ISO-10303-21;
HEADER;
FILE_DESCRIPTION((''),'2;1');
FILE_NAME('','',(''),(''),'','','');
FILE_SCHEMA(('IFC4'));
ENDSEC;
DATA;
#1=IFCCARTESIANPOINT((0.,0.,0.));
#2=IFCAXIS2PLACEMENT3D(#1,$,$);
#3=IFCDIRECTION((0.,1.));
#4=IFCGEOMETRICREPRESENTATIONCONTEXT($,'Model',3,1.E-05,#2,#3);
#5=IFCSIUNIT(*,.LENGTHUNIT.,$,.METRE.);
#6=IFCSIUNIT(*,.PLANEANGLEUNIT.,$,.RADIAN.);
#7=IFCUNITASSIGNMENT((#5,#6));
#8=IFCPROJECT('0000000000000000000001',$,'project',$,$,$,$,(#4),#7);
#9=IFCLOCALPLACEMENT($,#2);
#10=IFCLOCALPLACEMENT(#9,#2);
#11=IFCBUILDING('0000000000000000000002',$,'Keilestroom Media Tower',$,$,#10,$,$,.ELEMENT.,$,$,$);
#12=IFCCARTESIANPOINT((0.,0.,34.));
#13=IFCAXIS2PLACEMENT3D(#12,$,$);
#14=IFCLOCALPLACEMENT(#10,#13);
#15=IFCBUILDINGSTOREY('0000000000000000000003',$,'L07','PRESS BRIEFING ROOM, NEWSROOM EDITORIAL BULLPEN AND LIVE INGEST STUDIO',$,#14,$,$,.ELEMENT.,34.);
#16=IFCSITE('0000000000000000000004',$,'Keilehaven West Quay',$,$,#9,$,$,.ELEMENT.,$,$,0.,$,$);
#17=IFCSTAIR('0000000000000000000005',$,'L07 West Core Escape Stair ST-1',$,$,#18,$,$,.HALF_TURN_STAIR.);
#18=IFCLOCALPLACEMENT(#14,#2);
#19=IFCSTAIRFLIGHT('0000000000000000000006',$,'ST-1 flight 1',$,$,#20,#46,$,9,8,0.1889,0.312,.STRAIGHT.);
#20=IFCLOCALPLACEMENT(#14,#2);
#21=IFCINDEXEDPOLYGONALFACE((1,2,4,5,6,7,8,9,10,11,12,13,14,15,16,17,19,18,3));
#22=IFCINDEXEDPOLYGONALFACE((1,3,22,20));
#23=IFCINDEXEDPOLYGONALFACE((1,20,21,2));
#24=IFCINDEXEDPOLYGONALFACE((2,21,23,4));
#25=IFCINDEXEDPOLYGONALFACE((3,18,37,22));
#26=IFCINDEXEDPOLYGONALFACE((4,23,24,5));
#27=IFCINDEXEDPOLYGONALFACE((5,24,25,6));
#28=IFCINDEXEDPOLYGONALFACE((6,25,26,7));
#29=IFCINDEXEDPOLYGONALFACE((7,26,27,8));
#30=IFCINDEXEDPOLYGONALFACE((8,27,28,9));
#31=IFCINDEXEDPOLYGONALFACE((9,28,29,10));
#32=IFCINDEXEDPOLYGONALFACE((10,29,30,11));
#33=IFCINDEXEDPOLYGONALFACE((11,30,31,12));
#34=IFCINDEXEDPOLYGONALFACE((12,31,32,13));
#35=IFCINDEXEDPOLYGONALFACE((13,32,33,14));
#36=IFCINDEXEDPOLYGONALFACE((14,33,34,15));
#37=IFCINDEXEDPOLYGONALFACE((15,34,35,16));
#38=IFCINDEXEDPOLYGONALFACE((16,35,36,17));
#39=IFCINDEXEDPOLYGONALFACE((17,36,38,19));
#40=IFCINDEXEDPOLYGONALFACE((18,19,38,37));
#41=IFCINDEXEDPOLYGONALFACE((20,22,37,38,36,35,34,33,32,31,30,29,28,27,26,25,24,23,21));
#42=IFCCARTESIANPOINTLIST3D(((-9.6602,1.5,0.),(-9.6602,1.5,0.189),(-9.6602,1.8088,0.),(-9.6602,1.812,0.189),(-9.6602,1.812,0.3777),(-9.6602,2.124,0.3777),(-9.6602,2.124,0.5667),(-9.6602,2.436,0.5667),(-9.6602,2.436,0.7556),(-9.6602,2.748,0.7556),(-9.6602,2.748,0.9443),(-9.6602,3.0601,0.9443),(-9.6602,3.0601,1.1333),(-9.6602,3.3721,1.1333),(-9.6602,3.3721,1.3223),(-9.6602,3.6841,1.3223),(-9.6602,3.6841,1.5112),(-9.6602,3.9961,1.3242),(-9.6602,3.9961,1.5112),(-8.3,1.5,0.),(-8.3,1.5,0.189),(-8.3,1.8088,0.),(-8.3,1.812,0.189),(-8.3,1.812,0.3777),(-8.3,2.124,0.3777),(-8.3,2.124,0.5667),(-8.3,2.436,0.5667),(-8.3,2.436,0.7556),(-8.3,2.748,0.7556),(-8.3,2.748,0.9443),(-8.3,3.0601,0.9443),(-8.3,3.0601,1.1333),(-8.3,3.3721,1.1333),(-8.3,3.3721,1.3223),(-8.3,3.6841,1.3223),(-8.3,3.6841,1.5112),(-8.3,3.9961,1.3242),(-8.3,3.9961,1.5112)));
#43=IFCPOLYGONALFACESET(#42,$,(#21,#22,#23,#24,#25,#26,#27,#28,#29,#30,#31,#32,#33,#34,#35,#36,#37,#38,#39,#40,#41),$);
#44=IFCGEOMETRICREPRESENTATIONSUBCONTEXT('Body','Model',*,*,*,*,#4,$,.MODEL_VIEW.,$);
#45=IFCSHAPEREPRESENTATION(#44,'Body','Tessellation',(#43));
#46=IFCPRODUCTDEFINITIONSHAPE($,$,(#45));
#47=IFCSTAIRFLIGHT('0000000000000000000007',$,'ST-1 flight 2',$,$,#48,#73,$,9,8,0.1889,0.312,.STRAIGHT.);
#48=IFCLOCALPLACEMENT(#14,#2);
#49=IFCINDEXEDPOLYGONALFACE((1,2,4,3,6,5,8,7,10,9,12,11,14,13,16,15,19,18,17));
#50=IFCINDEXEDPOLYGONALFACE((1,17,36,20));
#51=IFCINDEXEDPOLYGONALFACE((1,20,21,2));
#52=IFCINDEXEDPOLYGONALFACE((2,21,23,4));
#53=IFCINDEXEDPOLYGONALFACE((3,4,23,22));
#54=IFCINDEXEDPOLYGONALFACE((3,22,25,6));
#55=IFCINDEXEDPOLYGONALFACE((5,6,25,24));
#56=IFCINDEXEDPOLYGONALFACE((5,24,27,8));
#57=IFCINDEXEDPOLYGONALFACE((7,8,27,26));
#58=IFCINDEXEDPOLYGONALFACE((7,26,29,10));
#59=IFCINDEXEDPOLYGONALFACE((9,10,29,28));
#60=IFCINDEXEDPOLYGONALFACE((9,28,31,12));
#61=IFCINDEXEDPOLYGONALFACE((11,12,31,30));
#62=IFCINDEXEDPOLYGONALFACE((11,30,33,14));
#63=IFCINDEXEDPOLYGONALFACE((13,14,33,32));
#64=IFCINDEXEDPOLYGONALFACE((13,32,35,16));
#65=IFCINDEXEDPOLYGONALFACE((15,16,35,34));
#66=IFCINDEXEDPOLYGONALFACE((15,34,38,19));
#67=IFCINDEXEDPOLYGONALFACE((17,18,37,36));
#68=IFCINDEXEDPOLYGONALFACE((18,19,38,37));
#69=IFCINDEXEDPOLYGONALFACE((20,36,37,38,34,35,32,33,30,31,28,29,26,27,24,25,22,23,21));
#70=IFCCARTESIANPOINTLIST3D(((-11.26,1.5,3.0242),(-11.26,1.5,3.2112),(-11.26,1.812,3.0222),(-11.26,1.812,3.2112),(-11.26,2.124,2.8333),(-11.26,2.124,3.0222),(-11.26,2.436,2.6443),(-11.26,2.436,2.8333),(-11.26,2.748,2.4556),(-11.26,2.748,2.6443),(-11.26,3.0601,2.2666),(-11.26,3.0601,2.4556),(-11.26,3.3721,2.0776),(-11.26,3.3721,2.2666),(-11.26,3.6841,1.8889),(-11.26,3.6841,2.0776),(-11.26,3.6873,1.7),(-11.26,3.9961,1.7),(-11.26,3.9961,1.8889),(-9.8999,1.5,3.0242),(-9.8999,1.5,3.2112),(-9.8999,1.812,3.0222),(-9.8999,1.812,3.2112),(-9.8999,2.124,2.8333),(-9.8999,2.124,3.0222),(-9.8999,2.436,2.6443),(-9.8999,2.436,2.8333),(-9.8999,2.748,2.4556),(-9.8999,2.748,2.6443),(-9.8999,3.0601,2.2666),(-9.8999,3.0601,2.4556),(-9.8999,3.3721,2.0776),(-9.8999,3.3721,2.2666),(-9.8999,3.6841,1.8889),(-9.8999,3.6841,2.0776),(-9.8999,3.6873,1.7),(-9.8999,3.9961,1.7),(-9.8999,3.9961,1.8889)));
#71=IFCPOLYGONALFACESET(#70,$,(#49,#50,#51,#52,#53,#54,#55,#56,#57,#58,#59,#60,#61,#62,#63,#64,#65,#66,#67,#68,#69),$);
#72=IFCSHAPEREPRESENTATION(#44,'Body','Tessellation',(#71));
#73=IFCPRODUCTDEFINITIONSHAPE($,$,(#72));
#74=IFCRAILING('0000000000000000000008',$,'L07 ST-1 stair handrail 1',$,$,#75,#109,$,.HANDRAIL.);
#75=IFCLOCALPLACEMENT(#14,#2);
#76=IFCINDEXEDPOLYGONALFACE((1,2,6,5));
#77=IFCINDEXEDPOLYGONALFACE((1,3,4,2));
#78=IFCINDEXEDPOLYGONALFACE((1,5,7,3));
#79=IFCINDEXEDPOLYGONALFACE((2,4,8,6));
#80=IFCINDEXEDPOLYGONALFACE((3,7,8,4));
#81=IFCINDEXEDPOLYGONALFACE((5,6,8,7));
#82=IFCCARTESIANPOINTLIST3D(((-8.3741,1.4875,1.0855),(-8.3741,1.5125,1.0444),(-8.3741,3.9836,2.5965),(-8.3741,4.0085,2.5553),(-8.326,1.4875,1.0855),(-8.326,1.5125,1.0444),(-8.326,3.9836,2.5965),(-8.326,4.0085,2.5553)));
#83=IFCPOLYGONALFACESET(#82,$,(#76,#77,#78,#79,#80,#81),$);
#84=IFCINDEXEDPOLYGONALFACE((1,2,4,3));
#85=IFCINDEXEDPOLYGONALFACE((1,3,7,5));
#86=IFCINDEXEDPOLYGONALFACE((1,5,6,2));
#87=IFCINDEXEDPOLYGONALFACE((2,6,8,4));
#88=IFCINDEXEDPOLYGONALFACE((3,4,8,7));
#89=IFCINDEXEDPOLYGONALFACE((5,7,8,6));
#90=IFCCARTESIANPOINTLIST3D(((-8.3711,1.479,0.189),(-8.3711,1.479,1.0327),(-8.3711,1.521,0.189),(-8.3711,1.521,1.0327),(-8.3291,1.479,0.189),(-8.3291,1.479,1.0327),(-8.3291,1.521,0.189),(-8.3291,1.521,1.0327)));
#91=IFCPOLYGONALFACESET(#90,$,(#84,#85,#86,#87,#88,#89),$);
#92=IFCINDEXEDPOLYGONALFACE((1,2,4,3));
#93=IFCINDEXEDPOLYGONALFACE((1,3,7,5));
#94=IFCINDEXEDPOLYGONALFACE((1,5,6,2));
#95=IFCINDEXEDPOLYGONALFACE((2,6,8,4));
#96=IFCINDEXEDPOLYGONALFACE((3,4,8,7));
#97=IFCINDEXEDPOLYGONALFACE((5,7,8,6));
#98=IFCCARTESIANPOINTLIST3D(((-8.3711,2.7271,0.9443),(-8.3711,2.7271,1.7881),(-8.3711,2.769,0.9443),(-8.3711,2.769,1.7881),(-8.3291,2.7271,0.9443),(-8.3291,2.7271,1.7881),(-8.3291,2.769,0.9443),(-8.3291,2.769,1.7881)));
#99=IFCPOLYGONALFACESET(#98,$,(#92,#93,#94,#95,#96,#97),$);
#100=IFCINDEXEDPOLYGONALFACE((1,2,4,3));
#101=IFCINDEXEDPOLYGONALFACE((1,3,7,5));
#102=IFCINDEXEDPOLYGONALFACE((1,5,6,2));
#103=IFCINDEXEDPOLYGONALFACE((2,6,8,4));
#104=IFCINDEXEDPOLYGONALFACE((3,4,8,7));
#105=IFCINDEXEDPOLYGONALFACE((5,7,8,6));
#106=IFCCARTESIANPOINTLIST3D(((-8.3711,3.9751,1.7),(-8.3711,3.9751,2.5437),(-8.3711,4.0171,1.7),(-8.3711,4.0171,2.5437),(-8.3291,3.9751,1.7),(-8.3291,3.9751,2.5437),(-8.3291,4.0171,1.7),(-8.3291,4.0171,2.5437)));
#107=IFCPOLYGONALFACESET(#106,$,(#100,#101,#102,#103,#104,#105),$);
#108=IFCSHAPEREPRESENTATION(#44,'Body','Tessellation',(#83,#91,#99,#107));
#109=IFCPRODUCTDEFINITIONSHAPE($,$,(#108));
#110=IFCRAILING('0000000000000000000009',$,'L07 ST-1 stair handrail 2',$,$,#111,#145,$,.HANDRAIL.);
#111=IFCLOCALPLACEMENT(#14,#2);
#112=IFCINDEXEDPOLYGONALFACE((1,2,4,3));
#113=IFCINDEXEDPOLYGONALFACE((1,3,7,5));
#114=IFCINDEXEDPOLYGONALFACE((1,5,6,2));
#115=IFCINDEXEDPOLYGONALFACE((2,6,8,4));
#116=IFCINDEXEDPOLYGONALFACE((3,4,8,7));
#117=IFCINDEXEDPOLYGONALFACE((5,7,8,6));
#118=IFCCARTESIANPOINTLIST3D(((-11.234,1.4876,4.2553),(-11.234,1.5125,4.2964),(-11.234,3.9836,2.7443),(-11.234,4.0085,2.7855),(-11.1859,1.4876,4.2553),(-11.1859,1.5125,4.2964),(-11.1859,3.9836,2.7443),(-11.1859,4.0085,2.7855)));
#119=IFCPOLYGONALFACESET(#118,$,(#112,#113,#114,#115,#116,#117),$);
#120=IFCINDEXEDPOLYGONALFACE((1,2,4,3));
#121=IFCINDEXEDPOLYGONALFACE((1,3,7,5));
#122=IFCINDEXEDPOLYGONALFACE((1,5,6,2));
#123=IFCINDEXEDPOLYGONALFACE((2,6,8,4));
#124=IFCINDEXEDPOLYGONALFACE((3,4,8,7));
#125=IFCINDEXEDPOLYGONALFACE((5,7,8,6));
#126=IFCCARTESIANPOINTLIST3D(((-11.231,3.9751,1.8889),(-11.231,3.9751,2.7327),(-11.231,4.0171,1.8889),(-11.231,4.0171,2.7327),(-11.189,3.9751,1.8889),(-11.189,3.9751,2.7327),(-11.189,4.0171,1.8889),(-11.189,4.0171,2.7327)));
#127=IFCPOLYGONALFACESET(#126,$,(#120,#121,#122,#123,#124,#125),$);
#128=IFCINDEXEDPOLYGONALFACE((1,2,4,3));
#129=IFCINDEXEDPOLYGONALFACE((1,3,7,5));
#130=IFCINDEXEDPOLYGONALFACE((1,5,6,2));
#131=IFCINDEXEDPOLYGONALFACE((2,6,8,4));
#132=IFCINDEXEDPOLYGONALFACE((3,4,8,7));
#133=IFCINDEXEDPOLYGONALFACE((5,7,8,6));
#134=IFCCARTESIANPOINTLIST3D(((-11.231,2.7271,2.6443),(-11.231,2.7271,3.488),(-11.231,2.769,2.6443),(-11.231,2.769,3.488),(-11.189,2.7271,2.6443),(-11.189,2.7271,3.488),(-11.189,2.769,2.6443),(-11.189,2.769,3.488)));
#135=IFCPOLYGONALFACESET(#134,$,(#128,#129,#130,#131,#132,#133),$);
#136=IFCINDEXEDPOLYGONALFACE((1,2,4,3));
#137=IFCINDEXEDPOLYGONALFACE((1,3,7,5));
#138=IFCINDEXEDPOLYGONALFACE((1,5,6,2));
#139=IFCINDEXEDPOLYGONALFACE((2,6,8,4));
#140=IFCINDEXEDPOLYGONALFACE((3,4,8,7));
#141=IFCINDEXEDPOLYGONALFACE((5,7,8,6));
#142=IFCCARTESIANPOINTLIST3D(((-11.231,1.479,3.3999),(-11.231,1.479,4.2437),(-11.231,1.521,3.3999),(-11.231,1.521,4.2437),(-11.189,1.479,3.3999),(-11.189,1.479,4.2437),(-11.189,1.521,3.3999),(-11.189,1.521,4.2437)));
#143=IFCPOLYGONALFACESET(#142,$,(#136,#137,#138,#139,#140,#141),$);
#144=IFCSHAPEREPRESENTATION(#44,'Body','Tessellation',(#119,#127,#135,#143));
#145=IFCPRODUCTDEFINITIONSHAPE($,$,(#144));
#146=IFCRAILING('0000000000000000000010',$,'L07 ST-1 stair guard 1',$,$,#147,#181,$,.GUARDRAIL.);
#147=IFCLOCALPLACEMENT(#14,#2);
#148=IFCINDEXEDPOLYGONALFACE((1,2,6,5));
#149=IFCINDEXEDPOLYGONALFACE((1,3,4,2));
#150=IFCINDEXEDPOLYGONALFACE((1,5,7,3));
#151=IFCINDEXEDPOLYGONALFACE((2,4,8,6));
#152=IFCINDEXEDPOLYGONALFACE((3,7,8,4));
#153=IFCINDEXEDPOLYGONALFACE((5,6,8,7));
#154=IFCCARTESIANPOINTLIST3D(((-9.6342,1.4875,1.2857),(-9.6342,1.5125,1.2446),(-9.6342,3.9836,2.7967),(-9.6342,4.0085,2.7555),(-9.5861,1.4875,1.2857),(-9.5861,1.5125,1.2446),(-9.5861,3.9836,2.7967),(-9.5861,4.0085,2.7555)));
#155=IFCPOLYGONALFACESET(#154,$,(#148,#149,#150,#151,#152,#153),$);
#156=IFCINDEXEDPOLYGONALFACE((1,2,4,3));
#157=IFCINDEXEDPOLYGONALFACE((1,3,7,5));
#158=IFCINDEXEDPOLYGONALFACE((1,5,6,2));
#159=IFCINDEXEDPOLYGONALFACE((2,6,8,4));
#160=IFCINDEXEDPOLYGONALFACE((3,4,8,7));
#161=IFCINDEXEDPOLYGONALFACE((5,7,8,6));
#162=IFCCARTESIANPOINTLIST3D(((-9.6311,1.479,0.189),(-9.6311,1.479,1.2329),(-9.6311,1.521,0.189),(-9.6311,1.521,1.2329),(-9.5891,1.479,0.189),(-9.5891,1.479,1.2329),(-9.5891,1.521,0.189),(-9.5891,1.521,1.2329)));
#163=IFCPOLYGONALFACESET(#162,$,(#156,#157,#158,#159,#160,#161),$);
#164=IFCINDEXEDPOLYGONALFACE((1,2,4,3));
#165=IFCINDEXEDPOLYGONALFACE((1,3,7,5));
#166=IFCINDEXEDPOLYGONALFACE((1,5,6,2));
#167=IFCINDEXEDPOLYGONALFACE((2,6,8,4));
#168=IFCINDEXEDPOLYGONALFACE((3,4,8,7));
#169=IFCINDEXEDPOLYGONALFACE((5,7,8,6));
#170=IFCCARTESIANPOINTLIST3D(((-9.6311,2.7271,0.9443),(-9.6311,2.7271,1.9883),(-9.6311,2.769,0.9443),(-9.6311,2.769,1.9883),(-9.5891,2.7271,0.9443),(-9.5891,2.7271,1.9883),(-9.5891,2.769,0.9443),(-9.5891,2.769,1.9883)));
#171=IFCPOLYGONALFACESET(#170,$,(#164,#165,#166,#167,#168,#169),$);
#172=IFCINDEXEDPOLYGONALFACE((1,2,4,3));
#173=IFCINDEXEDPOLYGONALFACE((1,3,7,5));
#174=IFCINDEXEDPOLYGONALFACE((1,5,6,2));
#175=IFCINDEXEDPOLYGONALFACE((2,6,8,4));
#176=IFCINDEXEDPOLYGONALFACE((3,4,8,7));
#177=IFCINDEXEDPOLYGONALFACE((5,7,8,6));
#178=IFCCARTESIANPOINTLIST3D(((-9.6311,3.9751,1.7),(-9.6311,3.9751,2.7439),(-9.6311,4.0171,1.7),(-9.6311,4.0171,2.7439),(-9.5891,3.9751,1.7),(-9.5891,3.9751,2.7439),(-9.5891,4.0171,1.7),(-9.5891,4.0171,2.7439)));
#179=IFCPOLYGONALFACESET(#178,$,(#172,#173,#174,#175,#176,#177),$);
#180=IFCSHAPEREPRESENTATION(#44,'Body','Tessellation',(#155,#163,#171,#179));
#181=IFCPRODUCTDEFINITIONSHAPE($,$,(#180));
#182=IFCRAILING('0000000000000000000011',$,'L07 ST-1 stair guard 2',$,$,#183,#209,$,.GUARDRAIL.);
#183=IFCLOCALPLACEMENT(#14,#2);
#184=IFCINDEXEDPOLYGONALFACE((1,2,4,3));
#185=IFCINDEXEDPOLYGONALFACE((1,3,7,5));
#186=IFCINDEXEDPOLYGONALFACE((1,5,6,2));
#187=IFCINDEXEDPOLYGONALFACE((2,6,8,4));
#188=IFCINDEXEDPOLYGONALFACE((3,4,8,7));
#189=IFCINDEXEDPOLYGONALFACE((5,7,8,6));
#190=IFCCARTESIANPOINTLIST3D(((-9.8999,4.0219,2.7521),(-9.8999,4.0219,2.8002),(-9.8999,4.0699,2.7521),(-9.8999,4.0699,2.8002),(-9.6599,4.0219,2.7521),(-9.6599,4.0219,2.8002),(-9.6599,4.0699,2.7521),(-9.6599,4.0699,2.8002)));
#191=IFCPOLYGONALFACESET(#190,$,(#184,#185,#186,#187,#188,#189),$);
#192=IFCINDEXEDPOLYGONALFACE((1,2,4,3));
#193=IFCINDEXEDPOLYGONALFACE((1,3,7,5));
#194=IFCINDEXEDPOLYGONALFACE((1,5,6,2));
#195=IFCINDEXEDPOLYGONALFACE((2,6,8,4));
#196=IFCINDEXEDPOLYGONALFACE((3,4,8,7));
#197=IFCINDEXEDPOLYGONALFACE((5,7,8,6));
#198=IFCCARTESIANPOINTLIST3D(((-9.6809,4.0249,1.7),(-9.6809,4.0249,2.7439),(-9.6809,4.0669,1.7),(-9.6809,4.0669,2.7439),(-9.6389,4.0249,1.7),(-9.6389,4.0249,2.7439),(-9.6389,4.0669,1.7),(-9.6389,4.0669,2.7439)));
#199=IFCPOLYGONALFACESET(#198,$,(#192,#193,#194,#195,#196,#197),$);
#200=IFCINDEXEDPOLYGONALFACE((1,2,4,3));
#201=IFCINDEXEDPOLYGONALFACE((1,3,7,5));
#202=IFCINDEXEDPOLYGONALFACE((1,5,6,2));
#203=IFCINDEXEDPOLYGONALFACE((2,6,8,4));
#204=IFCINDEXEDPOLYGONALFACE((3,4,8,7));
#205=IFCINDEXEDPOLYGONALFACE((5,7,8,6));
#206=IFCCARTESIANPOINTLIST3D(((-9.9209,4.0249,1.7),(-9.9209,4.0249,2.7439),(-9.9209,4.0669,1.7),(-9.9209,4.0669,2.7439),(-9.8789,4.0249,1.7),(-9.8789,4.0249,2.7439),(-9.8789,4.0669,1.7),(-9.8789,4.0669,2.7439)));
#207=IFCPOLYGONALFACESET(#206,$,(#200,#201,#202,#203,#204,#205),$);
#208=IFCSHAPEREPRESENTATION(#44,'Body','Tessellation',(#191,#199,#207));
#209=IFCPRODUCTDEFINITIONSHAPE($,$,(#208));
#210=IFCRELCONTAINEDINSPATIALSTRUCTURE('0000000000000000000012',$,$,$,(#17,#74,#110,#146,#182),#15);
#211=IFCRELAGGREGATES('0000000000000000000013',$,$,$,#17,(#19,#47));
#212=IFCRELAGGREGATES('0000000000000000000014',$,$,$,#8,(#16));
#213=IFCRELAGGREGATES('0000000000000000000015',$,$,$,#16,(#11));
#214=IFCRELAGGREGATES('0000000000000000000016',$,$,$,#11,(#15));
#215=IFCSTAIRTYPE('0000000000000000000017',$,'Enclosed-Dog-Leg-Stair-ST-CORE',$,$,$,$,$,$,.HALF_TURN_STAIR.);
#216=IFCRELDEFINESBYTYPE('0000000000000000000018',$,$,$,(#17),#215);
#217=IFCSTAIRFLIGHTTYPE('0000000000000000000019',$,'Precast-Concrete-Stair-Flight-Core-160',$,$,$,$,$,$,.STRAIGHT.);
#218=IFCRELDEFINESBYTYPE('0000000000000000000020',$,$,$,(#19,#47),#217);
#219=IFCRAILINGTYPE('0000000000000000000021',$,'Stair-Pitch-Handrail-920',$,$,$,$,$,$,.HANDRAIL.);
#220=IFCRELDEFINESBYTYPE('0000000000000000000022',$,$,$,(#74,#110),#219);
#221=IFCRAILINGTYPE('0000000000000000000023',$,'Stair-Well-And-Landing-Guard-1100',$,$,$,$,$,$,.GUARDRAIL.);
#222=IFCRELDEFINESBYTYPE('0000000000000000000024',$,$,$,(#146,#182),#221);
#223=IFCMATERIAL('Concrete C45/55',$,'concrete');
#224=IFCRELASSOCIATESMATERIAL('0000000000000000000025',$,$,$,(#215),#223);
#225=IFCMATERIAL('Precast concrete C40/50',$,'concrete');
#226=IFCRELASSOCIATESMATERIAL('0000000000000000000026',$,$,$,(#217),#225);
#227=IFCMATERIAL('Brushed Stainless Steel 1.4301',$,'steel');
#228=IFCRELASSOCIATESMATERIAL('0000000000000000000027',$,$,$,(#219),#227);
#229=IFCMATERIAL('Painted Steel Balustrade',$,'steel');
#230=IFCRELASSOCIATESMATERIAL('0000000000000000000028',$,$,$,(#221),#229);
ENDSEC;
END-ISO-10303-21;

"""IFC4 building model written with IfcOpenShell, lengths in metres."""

from ifc_helpers import new_model, si_unit, direction, frame, origin, origin_2d, place, context, subcontext, project, spatial, polyline, rectangle, outline, extrude, material, type_object, element, aggregate, save


model = new_model("IFC4")

# Units and contexts
model_context = context("Model", 3, precision=1e-05, world=origin(), true_north=direction((0.0, 1.0)))
body_context = subcontext(model_context, "Body", "Model", "MODEL_VIEW")
ifc_project = project(units=[si_unit("LENGTHUNIT", "METRE"), si_unit("PLANEANGLEUNIT", "RADIAN")], contexts=[model_context])

# Site, building, storey
site_placement = place(None, origin())
site = spatial("IfcSite", under=ifc_project, at=site_placement, Name="Keilehaven West Quay", CompositionType="ELEMENT", RefElevation=0.0)
building_placement = place(site_placement, origin())
building = spatial("IfcBuilding", under=site, at=building_placement, Name="Keilestroom Media Tower", CompositionType="ELEMENT")
storey_placement = place(building_placement, frame((0.0, 0.0, 34.0)))
storey = spatial("IfcBuildingStorey", under=building, at=storey_placement, Name="L07", Description="PRESS BRIEFING ROOM, NEWSROOM EDITORIAL BULLPEN AND LIVE INGEST STUDIO", CompositionType="ELEMENT", Elevation=34.0)

# Shared definitions
ifc_material_1 = material(Name="Precast concrete C40/50", Category="concrete")

# Stair, stair flights
ifc_material_2 = material(Name="Concrete C45/55", Category="concrete")
stair_type = type_object("IfcStairType", Name="Enclosed-Dog-Leg-Stair-ST-CORE", PredefinedType="HALF_TURN_STAIR", material=ifc_material_2)
stair_placement = place(storey_placement, origin())
stair = element("IfcStair", 1, at=stair_placement, inside=storey, type_object=stair_type, Name="L07 West Core Escape Stair ST-1", PredefinedType="HALF_TURN_STAIR")
stair_flight_type = type_object("IfcStairFlightType", Name="Precast-Concrete-Stair-Flight-Core-160", PredefinedType="STRAIGHT", material=ifc_material_1)
stair_flight_1_placement = place(storey_placement, frame((-8.98, 1.5, 0.0), z_axis=(0.0, 0.0, 1.0), x_axis=(0.0, 1.0, 0.0)))
stair_flight_1 = element("IfcStairFlight", 2, at=stair_flight_1_placement, type_object=stair_flight_type, Name="ST-1 flight 1", NumberOfRisers=9, NumberOfTreads=8, PredefinedType="STRAIGHT", RiserHeight=0.1889, TreadLength=0.312, context=body_context, shape_type="SweptSolid", body=[
    extrude(outline(polyline([(0.0, 0.0), (0.0, 0.189), (0.312, 0.189), (0.312, 0.3777), (0.624, 0.3777), (0.624, 0.5667), (0.936, 0.5667), (0.936, 0.7556), (1.248, 0.7556), (1.248, 0.9443), (1.5601, 0.9443), (1.5601, 1.1333), (1.8721, 1.1333), (1.8721, 1.3223), (2.1841, 1.3223), (2.1841, 1.5112), (2.4961, 1.5112), (2.4961, 1.7), (2.4961, 1.3242), (0.3088, 0.0), (0.0, 0.0)])), frame((0.0, 0.6802, 0.0), z_axis=(0.0, -1.0, 0.0), x_axis=(1.0, 0.0, 0.0)), (0.0, 0.0, 1.0), 1.3601),
])
stair_flight_2_placement = place(storey_placement, frame((-10.5801, 3.9961, 1.7), z_axis=(0.0, 0.0, 1.0), x_axis=(0.0, -1.0, 0.0)))
stair_flight_2 = element("IfcStairFlight", 3, at=stair_flight_2_placement, type_object=stair_flight_type, Name="ST-1 flight 2", NumberOfRisers=9, NumberOfTreads=8, PredefinedType="STRAIGHT", RiserHeight=0.1889, TreadLength=0.312, context=body_context, shape_type="SweptSolid", body=[
    extrude(outline(polyline([(0.0, 0.0), (0.0, 0.189), (0.312, 0.189), (0.312, 0.3777), (0.624, 0.3777), (0.624, 0.5667), (0.936, 0.5667), (0.936, 0.7556), (1.248, 0.7556), (1.248, 0.9443), (1.5601, 0.9443), (1.5601, 1.1333), (1.8721, 1.1333), (1.8721, 1.3223), (2.1841, 1.3223), (2.1841, 1.5112), (2.4961, 1.5112), (2.4961, 1.7), (2.4961, 1.3242), (0.3088, 0.0), (0.0, 0.0)])), frame((0.0, 0.6802, 0.0), z_axis=(0.0, -1.0, 0.0), x_axis=(1.0, 0.0, 0.0)), (0.0, 0.0, 1.0), 1.3601),
])
aggregate(stair, [stair_flight_1, stair_flight_2])

# Railings
ifc_material_3 = material(Name="Brushed Stainless Steel 1.4301", Category="steel")
railing_type_1 = type_object("IfcRailingType", Name="Stair-Pitch-Handrail-920", PredefinedType="HANDRAIL", material=ifc_material_3)
railing_1_placement = place(storey_placement, frame((-8.3501, 1.5, 0.189)))
element("IfcRailing", 4, at=railing_1_placement, inside=storey, type_object=railing_type_1, Name="L07 ST-1 stair handrail 1", PredefinedType="HANDRAIL", context=body_context, shape_type="SweptSolid", body=[
    extrude(rectangle(XDim=0.0481, YDim=0.0481, at=origin_2d()), frame((0.0, 0.0, 0.876), z_axis=(0.0, 0.855471, 0.517851), x_axis=(-1.0, 0.0, 0.0)), (0.0, 0.0, 1.0), 2.9177),
    extrude(rectangle(XDim=0.042, YDim=0.042, at=origin_2d()), origin(), (0.0, 0.0, 1.0), 0.8438),
    extrude(rectangle(XDim=0.042, YDim=0.042, at=origin_2d()), frame((0.0, 1.248, 0.7554)), (0.0, 0.0, 1.0), 0.8438),
    extrude(rectangle(XDim=0.042, YDim=0.042, at=origin_2d()), frame((0.0, 2.4961, 1.511)), (0.0, 0.0, 1.0), 0.8438),
])
railing_2_placement = place(storey_placement, frame((-11.21, 3.9961, 1.8889)))
element("IfcRailing", 5, at=railing_2_placement, inside=storey, type_object=railing_type_1, Name="L07 ST-1 stair handrail 2", PredefinedType="HANDRAIL", context=body_context, shape_type="SweptSolid", body=[
    extrude(rectangle(XDim=0.0481, YDim=0.0481, at=origin_2d()), frame((0.0, 0.0, 0.876), z_axis=(0.0, -0.855471, 0.517851), x_axis=(1.0, 0.0, 0.0)), (0.0, 0.0, 1.0), 2.9177),
    extrude(rectangle(XDim=0.042, YDim=0.042, at=origin_2d()), origin(), (0.0, 0.0, 1.0), 0.8438),
    extrude(rectangle(XDim=0.042, YDim=0.042, at=origin_2d()), frame((0.0, -1.248, 0.7554)), (0.0, 0.0, 1.0), 0.8438),
    extrude(rectangle(XDim=0.042, YDim=0.042, at=origin_2d()), frame((0.0, -2.4961, 1.511)), (0.0, 0.0, 1.0), 0.8438),
])
ifc_material_4 = material(Name="Painted Steel Balustrade", Category="steel")
railing_type_2 = type_object("IfcRailingType", Name="Stair-Well-And-Landing-Guard-1100", PredefinedType="GUARDRAIL", material=ifc_material_4)
railing_3_placement = place(storey_placement, frame((-9.6101, 1.5, 0.189)))
element("IfcRailing", 6, at=railing_3_placement, inside=storey, type_object=railing_type_2, Name="L07 ST-1 stair guard 1", PredefinedType="GUARDRAIL", context=body_context, shape_type="SweptSolid", body=[
    extrude(rectangle(XDim=0.0481, YDim=0.0481, at=origin_2d()), frame((0.0, 0.0, 1.0762), z_axis=(0.0, 0.855471, 0.517851), x_axis=(-1.0, 0.0, 0.0)), (0.0, 0.0, 1.0), 2.9177),
    extrude(rectangle(XDim=0.042, YDim=0.042, at=origin_2d()), origin(), (0.0, 0.0, 1.0), 1.0439),
    extrude(rectangle(XDim=0.042, YDim=0.042, at=origin_2d()), frame((0.0, 1.248, 0.7554)), (0.0, 0.0, 1.0), 1.0439),
    extrude(rectangle(XDim=0.042, YDim=0.042, at=origin_2d()), frame((0.0, 2.4961, 1.511)), (0.0, 0.0, 1.0), 1.0439),
])
railing_4_placement = place(storey_placement, frame((-9.6599, 4.0459, 1.7)))
element("IfcRailing", 7, at=railing_4_placement, inside=storey, type_object=railing_type_2, Name="L07 ST-1 stair guard 2", PredefinedType="GUARDRAIL", context=body_context, shape_type="SweptSolid", body=[
    extrude(rectangle(XDim=0.0481, YDim=0.0481, at=origin_2d()), frame((0.0, 0.0, 1.0762), z_axis=(-1.0, 0.0, 0.0), x_axis=(0.0, -1.0, 0.0)), (0.0, 0.0, 1.0), 0.24),
    extrude(rectangle(XDim=0.042, YDim=0.042, at=origin_2d()), origin(), (0.0, 0.0, 1.0), 1.0439),
    extrude(rectangle(XDim=0.042, YDim=0.042, at=origin_2d()), frame((-0.24, 0.0, 0.0)), (0.0, 0.0, 1.0), 1.0439),
])

save(model, "model.ifc")
